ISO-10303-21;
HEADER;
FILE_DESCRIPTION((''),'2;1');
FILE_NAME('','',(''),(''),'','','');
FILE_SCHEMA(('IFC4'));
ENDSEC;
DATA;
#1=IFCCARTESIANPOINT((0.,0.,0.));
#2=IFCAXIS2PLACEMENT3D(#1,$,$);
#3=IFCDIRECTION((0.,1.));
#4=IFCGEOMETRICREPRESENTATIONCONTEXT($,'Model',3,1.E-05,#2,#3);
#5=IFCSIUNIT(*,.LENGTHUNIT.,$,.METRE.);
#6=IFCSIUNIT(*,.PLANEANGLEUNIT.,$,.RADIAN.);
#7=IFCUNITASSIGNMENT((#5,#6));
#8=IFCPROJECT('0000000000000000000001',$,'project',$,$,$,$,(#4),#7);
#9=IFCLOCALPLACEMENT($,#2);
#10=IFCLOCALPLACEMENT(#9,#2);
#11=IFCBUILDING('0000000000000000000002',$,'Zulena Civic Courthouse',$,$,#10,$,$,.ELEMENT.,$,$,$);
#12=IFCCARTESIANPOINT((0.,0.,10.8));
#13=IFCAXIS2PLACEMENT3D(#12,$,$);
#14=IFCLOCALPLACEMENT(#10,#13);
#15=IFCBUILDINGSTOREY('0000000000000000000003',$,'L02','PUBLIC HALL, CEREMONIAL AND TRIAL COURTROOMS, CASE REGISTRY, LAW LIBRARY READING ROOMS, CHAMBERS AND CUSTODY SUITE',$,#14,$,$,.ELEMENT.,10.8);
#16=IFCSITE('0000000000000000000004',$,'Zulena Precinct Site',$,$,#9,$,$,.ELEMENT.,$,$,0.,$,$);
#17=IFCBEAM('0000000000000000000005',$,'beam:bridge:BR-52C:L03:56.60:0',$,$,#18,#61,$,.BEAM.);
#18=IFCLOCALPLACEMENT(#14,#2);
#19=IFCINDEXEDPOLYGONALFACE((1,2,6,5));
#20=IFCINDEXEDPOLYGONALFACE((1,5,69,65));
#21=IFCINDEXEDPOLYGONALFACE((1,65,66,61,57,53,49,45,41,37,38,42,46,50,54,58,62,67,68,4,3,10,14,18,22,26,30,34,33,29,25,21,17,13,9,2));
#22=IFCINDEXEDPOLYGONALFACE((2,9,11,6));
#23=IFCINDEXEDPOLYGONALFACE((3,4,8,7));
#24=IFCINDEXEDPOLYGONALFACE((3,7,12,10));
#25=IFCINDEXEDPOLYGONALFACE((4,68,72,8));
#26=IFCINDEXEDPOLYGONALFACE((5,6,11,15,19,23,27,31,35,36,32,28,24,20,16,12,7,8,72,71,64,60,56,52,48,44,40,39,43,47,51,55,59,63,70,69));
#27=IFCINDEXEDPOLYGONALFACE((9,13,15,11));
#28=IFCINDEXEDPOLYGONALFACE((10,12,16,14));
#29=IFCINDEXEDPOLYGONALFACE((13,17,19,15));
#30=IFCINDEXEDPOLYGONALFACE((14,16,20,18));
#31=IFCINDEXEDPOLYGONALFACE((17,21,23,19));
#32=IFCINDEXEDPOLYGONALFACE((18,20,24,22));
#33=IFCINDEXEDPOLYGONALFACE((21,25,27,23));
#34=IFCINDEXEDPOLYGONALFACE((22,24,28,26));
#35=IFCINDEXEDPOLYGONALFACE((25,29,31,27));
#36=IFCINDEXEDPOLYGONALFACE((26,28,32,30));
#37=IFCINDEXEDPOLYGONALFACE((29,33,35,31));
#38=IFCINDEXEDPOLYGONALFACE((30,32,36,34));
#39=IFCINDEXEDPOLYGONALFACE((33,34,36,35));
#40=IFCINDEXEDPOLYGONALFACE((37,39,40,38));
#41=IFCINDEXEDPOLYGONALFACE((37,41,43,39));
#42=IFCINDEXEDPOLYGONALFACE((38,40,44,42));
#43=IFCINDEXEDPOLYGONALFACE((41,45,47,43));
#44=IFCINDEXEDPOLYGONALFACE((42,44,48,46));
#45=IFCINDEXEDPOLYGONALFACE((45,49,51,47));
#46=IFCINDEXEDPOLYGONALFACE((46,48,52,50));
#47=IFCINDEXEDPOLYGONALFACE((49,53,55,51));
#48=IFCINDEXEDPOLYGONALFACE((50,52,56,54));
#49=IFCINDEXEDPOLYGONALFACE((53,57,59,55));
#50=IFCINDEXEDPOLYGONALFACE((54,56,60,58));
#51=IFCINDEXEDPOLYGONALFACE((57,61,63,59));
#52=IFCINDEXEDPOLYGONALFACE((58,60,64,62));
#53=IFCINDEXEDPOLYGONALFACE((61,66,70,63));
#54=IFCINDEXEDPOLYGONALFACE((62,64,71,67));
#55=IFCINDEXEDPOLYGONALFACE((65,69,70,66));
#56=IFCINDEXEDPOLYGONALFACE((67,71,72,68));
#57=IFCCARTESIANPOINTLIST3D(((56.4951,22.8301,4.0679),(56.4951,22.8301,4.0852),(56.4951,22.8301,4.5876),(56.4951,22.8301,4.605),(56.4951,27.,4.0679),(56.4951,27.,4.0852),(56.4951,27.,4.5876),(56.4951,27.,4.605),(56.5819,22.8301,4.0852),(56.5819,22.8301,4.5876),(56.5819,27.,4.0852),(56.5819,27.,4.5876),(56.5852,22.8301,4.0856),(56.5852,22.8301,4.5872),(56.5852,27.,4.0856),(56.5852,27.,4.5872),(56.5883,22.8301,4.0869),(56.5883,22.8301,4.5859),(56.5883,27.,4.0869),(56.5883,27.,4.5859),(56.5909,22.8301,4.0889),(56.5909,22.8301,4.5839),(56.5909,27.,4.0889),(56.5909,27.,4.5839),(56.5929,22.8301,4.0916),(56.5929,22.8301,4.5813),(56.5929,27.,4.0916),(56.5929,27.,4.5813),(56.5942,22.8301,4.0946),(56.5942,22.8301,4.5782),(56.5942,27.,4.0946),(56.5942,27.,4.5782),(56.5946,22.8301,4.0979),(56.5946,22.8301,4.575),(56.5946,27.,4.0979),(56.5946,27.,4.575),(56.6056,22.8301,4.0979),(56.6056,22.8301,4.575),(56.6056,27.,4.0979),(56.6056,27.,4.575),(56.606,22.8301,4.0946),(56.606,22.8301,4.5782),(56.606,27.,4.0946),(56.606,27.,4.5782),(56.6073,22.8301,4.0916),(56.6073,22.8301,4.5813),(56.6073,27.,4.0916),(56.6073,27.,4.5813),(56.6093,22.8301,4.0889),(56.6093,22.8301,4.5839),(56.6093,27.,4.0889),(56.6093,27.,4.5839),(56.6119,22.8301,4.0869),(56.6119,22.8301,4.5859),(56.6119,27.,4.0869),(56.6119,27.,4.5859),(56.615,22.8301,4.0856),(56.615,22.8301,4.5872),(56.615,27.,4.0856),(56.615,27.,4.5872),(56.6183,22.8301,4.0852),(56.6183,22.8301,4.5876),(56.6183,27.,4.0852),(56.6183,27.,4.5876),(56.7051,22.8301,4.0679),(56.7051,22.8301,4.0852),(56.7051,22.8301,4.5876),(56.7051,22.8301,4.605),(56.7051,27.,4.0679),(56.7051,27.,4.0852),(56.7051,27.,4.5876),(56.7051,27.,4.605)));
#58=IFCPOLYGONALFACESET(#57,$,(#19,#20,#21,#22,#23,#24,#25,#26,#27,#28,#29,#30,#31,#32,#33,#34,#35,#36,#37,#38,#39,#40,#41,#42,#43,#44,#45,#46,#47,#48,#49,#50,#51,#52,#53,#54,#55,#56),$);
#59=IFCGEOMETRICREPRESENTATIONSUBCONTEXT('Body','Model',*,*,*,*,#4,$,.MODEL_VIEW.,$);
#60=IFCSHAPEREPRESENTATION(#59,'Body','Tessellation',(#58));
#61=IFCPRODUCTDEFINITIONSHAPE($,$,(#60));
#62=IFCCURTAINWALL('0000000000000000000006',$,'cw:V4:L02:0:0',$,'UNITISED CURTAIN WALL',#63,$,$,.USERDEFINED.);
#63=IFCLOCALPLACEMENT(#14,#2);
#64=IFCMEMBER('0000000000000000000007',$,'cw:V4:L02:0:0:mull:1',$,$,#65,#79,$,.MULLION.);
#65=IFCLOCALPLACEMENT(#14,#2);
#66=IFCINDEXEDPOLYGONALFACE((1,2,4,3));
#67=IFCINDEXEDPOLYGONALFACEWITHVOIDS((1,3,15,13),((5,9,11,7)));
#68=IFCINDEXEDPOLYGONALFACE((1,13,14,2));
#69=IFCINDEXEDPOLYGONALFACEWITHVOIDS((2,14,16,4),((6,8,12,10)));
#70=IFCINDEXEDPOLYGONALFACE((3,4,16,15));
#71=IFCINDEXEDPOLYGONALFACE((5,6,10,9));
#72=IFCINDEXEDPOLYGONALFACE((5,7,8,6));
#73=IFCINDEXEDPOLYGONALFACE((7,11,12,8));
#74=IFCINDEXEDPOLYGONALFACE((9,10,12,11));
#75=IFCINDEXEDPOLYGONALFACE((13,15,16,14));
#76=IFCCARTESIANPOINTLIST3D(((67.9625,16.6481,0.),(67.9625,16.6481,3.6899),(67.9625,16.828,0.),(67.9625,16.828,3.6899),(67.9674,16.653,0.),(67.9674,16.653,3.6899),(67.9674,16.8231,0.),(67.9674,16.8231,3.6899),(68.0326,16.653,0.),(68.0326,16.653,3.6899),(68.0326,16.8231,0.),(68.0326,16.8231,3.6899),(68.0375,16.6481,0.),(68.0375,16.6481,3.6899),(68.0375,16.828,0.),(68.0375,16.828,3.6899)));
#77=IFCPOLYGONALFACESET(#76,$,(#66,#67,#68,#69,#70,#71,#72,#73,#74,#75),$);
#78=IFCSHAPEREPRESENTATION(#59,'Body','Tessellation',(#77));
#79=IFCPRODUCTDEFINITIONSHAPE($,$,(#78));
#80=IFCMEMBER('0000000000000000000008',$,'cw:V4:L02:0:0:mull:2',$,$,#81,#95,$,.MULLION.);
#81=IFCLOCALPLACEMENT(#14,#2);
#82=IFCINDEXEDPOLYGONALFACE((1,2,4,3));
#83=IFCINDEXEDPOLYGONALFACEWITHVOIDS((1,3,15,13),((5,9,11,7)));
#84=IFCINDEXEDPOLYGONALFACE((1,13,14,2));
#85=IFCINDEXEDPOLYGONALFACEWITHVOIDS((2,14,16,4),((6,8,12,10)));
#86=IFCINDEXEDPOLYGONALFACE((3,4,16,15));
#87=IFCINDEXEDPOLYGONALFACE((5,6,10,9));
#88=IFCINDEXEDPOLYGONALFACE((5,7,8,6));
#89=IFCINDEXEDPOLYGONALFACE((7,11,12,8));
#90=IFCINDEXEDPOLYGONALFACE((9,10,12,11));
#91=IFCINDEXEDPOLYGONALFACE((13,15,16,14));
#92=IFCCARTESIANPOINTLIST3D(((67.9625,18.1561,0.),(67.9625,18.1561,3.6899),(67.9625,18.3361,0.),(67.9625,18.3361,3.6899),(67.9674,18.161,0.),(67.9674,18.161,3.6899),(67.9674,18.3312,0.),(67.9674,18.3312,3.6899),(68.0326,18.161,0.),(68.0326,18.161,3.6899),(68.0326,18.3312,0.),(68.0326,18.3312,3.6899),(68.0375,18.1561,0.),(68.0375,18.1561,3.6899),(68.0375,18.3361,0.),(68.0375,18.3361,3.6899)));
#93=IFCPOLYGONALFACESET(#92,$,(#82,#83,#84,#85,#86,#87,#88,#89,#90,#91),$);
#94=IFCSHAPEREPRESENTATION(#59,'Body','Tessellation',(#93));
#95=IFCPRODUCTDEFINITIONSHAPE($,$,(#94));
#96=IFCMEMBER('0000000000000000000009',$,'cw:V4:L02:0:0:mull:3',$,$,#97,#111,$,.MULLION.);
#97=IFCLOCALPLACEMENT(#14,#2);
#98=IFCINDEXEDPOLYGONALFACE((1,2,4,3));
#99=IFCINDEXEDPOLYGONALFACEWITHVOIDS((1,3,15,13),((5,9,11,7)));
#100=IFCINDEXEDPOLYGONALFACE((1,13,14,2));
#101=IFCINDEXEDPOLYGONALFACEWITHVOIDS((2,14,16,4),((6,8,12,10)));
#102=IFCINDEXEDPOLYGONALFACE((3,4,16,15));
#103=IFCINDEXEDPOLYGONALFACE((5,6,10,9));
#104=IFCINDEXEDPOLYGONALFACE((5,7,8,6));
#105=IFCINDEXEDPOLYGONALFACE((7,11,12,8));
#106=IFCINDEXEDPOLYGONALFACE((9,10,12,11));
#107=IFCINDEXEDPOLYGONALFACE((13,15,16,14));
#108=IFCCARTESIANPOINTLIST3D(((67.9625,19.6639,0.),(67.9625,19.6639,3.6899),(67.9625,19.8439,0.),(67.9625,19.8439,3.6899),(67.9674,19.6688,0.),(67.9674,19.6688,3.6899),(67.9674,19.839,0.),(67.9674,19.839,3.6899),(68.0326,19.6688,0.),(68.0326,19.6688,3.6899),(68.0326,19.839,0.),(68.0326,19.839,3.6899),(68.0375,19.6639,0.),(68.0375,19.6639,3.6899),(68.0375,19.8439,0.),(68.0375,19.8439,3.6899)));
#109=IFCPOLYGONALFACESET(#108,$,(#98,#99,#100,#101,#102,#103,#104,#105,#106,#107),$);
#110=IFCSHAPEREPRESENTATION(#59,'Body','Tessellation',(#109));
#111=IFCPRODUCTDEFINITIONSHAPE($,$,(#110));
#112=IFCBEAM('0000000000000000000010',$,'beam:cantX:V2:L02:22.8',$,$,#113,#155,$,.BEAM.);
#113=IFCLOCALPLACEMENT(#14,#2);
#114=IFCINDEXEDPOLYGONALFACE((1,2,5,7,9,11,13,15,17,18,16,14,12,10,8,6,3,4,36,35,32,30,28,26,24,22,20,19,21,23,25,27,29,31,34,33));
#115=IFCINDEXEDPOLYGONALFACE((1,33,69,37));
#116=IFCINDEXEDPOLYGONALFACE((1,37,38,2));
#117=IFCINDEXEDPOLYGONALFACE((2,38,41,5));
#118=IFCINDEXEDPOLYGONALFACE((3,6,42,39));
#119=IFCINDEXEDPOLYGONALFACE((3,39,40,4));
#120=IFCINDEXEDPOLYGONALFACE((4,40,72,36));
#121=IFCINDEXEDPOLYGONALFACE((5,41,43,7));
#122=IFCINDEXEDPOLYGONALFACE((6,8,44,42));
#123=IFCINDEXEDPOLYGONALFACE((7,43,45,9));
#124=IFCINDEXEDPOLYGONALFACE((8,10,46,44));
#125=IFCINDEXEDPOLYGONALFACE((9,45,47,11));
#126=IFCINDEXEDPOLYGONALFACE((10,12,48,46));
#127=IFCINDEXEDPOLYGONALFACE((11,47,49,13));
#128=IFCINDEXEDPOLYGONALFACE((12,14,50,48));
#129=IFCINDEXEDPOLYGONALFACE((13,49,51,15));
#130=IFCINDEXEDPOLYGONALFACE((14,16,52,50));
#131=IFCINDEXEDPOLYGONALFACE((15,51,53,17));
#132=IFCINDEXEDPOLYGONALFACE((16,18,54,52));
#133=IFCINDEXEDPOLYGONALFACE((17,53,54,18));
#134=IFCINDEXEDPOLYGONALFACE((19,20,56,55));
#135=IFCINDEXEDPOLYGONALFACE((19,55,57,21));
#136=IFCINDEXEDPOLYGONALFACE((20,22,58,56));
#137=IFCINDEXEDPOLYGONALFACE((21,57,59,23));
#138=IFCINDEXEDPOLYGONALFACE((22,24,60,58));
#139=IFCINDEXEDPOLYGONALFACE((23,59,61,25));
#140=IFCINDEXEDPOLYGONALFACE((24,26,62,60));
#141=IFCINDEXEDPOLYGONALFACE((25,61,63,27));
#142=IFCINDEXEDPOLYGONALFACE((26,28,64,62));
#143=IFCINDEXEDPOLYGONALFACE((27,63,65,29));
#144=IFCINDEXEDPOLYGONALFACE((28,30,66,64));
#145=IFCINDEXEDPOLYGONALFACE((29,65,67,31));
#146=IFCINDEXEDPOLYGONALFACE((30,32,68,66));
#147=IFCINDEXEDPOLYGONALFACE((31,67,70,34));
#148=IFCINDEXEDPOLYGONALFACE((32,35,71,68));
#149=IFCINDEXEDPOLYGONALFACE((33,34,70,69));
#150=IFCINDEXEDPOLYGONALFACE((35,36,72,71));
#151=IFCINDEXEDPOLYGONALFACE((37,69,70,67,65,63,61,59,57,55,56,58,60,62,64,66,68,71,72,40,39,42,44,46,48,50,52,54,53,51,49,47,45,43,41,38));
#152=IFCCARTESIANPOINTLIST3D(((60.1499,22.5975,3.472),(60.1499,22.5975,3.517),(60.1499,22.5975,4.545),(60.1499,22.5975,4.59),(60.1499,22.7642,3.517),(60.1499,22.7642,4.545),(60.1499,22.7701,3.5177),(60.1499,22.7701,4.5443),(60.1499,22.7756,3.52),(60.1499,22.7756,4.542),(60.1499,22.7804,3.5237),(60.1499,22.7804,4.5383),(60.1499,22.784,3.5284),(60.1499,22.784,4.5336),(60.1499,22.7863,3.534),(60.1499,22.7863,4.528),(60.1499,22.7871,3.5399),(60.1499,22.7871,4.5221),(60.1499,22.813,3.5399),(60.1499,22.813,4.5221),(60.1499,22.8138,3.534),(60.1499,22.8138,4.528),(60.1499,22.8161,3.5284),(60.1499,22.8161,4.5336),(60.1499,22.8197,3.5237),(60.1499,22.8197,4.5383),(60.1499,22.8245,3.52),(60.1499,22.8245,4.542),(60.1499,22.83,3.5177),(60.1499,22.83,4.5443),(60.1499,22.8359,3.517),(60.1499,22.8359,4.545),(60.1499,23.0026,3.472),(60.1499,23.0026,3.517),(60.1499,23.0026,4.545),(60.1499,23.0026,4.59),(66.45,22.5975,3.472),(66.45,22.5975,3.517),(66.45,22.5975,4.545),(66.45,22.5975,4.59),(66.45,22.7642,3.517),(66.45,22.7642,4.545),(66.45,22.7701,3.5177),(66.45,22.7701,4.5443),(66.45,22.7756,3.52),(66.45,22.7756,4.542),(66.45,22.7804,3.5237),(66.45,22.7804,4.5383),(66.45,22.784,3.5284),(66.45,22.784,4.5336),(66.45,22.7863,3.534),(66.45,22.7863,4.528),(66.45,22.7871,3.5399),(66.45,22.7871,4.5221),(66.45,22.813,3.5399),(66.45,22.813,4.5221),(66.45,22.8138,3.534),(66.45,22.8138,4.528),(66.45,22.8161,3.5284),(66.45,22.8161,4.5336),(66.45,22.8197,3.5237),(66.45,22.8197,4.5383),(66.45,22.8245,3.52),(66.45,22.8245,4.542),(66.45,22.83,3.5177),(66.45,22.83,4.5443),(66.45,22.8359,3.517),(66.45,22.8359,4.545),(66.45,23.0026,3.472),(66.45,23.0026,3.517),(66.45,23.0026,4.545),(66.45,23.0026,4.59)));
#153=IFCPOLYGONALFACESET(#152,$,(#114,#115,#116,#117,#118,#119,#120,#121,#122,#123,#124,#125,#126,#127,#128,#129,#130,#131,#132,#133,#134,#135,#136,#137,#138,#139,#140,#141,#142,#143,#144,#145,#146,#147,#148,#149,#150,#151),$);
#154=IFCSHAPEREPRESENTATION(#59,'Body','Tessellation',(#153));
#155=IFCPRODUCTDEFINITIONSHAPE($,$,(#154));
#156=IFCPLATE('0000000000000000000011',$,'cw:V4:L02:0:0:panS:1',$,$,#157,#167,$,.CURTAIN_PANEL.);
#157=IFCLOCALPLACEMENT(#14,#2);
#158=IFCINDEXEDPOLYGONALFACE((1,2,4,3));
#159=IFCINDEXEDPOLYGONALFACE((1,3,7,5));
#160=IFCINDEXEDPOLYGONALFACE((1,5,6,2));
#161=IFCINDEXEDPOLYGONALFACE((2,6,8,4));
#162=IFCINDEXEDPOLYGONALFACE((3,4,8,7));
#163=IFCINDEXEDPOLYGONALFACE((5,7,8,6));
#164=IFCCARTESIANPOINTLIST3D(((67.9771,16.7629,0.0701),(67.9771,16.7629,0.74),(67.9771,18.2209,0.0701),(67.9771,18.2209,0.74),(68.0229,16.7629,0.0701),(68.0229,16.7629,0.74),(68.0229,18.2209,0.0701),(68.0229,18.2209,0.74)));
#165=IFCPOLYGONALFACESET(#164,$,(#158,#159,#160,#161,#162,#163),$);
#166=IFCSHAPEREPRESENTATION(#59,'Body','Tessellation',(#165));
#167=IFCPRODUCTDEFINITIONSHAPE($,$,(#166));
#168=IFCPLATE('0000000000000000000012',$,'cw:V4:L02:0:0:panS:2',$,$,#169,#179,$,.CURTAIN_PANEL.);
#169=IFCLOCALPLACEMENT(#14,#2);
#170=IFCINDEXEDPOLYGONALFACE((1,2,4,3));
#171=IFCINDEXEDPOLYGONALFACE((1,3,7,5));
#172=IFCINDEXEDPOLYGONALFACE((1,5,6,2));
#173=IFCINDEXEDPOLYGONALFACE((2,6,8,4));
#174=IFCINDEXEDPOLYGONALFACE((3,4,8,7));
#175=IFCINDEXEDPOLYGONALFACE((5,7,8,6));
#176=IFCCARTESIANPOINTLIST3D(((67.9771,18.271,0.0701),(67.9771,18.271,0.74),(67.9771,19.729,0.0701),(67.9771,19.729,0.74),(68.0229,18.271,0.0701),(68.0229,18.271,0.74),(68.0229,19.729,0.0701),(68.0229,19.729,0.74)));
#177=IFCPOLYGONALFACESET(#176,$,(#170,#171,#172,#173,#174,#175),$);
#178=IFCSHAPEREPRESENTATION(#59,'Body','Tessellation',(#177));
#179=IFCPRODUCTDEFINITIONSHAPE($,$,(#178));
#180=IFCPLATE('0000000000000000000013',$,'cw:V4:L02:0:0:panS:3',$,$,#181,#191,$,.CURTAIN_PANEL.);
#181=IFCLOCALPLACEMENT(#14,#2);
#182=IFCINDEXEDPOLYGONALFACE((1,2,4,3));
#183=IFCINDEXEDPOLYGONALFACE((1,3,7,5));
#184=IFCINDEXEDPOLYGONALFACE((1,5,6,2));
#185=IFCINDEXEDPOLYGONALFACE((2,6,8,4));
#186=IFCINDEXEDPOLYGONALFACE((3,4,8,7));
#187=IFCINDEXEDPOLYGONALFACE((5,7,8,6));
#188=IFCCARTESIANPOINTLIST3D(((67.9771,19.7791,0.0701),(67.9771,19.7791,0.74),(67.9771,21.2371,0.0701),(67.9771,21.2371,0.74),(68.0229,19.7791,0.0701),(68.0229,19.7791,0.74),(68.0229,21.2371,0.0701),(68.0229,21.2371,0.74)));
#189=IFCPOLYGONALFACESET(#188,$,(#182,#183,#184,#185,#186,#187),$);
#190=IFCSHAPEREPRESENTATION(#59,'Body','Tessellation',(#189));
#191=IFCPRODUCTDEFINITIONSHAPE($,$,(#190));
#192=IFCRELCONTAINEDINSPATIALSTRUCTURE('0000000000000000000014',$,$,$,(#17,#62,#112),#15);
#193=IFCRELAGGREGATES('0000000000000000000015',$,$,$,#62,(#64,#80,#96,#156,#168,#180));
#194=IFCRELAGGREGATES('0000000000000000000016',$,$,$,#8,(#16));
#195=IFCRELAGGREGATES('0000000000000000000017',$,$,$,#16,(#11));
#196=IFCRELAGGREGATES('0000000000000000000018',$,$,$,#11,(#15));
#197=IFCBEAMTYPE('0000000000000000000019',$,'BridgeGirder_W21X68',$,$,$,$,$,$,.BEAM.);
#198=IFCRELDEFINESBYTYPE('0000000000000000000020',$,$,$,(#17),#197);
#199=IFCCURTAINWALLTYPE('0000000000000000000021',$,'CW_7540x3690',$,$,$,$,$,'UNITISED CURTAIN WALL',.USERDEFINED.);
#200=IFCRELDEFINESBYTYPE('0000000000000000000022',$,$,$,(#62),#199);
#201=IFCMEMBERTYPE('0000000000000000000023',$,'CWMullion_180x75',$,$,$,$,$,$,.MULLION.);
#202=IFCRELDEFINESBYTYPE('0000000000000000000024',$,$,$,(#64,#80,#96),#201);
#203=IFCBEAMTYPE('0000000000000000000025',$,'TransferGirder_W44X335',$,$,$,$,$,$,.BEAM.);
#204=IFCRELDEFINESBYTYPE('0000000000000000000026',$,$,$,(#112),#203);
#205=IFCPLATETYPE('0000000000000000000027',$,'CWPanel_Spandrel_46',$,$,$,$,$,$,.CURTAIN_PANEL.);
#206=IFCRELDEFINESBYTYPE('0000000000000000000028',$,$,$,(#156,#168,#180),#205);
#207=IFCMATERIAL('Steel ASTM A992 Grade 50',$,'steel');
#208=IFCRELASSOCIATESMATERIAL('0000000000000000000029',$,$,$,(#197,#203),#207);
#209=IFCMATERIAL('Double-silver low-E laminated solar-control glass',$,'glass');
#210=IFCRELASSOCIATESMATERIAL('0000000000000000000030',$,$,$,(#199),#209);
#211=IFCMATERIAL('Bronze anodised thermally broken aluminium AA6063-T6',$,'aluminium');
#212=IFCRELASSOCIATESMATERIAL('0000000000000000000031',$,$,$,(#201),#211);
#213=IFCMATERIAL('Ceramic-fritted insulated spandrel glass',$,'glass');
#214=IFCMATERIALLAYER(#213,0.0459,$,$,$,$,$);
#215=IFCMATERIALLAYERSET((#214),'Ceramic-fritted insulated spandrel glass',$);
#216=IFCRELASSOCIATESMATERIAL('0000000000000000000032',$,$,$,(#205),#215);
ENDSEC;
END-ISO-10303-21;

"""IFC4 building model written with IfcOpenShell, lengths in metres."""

from ifc_helpers import new_model, si_unit, direction, frame, origin, origin_2d, place, context, subcontext, project, spatial, rectangle, hollow_rectangle, i_section, extrude, material, layer, layer_set, material_profile, profile_set, type_object, element, aggregate, save


model = new_model("IFC4")

# Units and contexts
model_context = context("Model", 3, precision=1e-05, world=origin(), true_north=direction((0.0, 1.0)))
body_context = subcontext(model_context, "Body", "Model", "MODEL_VIEW")
ifc_project = project(units=[si_unit("LENGTHUNIT", "METRE"), si_unit("PLANEANGLEUNIT", "RADIAN")], contexts=[model_context])

# Site, building, storey
site_placement = place(None, origin())
site = spatial("IfcSite", under=ifc_project, at=site_placement, Name="Zulena Precinct Site", CompositionType="ELEMENT", RefElevation=0.0)
building_placement = place(site_placement, origin())
building = spatial("IfcBuilding", under=site, at=building_placement, Name="Zulena Civic Courthouse", CompositionType="ELEMENT")
storey_placement = place(building_placement, frame((0.0, 0.0, 10.8)))
storey = spatial("IfcBuildingStorey", under=building, at=storey_placement, Name="L02", Description="PUBLIC HALL, CEREMONIAL AND TRIAL COURTROOMS, CASE REGISTRY, LAW LIBRARY READING ROOMS, CHAMBERS AND CUSTODY SUITE", CompositionType="ELEMENT", Elevation=10.8)

# Shared definitions
ifc_material_1 = material(Name="Steel ASTM A992 Grade 50", Category="steel")

# Beam
ifc_material_profile_1 = material_profile(ifc_material_1, i_section(OverallWidth=0.21, OverallDepth=0.5371, WebThickness=0.011, FlangeThickness=0.0173, FilletRadius=0.0127, at=origin_2d()), Name="W21X68")
ifc_profile_set_1 = profile_set([ifc_material_profile_1], Name="Steel ASTM A992 Grade 50")
beam_type_1 = type_object("IfcBeamType", Name="BridgeGirder_W21X68", PredefinedType="BEAM", material=ifc_profile_set_1)
for number, where, z_axis, x_axis, name in (
    (1, (56.6001, 22.8301, 4.3364), (0.0, 1.0, 0.0), (-1.0, 0.0, 0.0), "beam:bridge:BR-52C:L03:56.60:0"),
):
    element("IfcBeam", number, at=place(storey_placement, frame(where, z_axis=z_axis, x_axis=x_axis)), inside=storey, type_object=beam_type_1, Name=name, PredefinedType="BEAM", context=body_context, shape_type="SweptSolid", body=[
        extrude(i_section(OverallWidth=0.21, OverallDepth=0.5371, WebThickness=0.011, FlangeThickness=0.0173, FilletRadius=0.0127, at=origin_2d()), origin(), (0.0, 0.0, 1.0), 4.1699),
    ])

# Curtain wall, members
ifc_material_2 = material(Name="Double-silver low-E laminated solar-control glass", Category="glass")
curtain_wall_type = type_object("IfcCurtainWallType", Name="CW_7540x3690", ElementType="UNITISED CURTAIN WALL", PredefinedType="USERDEFINED", material=ifc_material_2)
curtain_wall_placement = place(storey_placement, origin())
curtain_wall = element("IfcCurtainWall", 2, at=curtain_wall_placement, inside=storey, type_object=curtain_wall_type, Name="cw:V4:L02:0:0", ObjectType="UNITISED CURTAIN WALL", PredefinedType="USERDEFINED")
ifc_material_3 = material(Name="Bronze anodised thermally broken aluminium AA6063-T6", Category="aluminium")
ifc_material_profile_2 = material_profile(ifc_material_3, hollow_rectangle(XDim=0.075, YDim=0.1799, WallThickness=0.0049, at=origin_2d()), Name="CWM180X75X5")
ifc_profile_set_2 = profile_set([ifc_material_profile_2], Name="Bronze anodised thermally broken aluminium AA6063-T6")
member_type = type_object("IfcMemberType", Name="CWMullion_180x75", PredefinedType="MULLION", material=ifc_profile_set_2)
member_1_placement = place(storey_placement, frame((68.0, 16.738, 0.0), z_axis=(0.0, 0.0, 1.0), x_axis=(1.0, 0.0, 0.0)))
member_1 = element("IfcMember", 3, at=member_1_placement, type_object=member_type, Name="cw:V4:L02:0:0:mull:1", PredefinedType="MULLION", context=body_context, shape_type="SweptSolid", body=[
    extrude(hollow_rectangle(XDim=0.075, YDim=0.1799, WallThickness=0.0049, at=origin_2d()), origin(), (0.0, 0.0, 1.0), 3.6899),
])
member_2_placement = place(storey_placement, frame((68.0, 18.2461, 0.0), z_axis=(0.0, 0.0, 1.0), x_axis=(1.0, 0.0, 0.0)))
member_2 = element("IfcMember", 4, at=member_2_placement, type_object=member_type, Name="cw:V4:L02:0:0:mull:2", PredefinedType="MULLION", context=body_context, shape_type="SweptSolid", body=[
    extrude(hollow_rectangle(XDim=0.075, YDim=0.1799, WallThickness=0.0049, at=origin_2d()), origin(), (0.0, 0.0, 1.0), 3.6899),
])
member_3_placement = place(storey_placement, frame((68.0, 19.7539, 0.0), z_axis=(0.0, 0.0, 1.0), x_axis=(1.0, 0.0, 0.0)))
member_3 = element("IfcMember", 5, at=member_3_placement, type_object=member_type, Name="cw:V4:L02:0:0:mull:3", PredefinedType="MULLION", context=body_context, shape_type="SweptSolid", body=[
    extrude(hollow_rectangle(XDim=0.075, YDim=0.1799, WallThickness=0.0049, at=origin_2d()), origin(), (0.0, 0.0, 1.0), 3.6899),
])

# Beam
ifc_material_profile_3 = material_profile(ifc_material_1, i_section(OverallWidth=0.405, OverallDepth=1.1179, WebThickness=0.0259, FlangeThickness=0.0449, FilletRadius=0.0229, at=origin_2d()), Name="W44X335")
ifc_profile_set_3 = profile_set([ifc_material_profile_3], Name="Steel ASTM A992 Grade 50")
beam_type_2 = type_object("IfcBeamType", Name="TransferGirder_W44X335", PredefinedType="BEAM", material=ifc_profile_set_3)
beam_placement = place(storey_placement, frame((60.1499, 22.8, 4.031), z_axis=(1.0, 0.0, 0.0), x_axis=(0.0, 1.0, 0.0)))
element("IfcBeam", 6, at=beam_placement, inside=storey, type_object=beam_type_2, Name="beam:cantX:V2:L02:22.8", PredefinedType="BEAM", context=body_context, shape_type="SweptSolid", body=[
    extrude(i_section(OverallWidth=0.405, OverallDepth=1.1179, WebThickness=0.0259, FlangeThickness=0.0449, FilletRadius=0.0229, at=origin_2d()), origin(), (0.0, 0.0, 1.0), 6.3),
])

# Plates
ifc_material_4 = material(Name="Ceramic-fritted insulated spandrel glass", Category="glass")
ifc_layer_1 = layer(ifc_material_4, 0.0459)
ifc_layer_set_1 = layer_set([ifc_layer_1], Name="Ceramic-fritted insulated spandrel glass")
plate_type_1 = type_object("IfcPlateType", Name="CWPanel_Spandrel_46", PredefinedType="CURTAIN_PANEL", material=ifc_layer_set_1)
plate_1_placement = place(storey_placement, frame((68.0, 17.4919, 0.0701), z_axis=(0.0, 0.0, 1.0), x_axis=(0.0, 1.0, 0.0)))
plate_1 = element("IfcPlate", 7, at=plate_1_placement, type_object=plate_type_1, Name="cw:V4:L02:0:0:panS:1", PredefinedType="CURTAIN_PANEL", context=body_context, shape_type="SweptSolid", body=[
    extrude(rectangle(XDim=1.458, YDim=0.0459, at=origin_2d()), origin(), (0.0, 0.0, 1.0), 0.6699),
])
plate_2_placement = place(storey_placement, frame((68.0, 19.0, 0.0701), z_axis=(0.0, 0.0, 1.0), x_axis=(0.0, 1.0, 0.0)))
plate_2 = element("IfcPlate", 8, at=plate_2_placement, type_object=plate_type_1, Name="cw:V4:L02:0:0:panS:2", PredefinedType="CURTAIN_PANEL", context=body_context, shape_type="SweptSolid", body=[
    extrude(rectangle(XDim=1.458, YDim=0.0459, at=origin_2d()), origin(), (0.0, 0.0, 1.0), 0.6699),
])
plate_3_placement = place(storey_placement, frame((68.0, 20.5081, 0.0701), z_axis=(0.0, 0.0, 1.0), x_axis=(0.0, 1.0, 0.0)))
plate_3 = element("IfcPlate", 9, at=plate_3_placement, type_object=plate_type_1, Name="cw:V4:L02:0:0:panS:3", PredefinedType="CURTAIN_PANEL", context=body_context, shape_type="SweptSolid", body=[
    extrude(rectangle(XDim=1.458, YDim=0.0459, at=origin_2d()), origin(), (0.0, 0.0, 1.0), 0.6699),
])
aggregate(curtain_wall, [member_1, member_2, member_3, plate_1, plate_2, plate_3])

save(model, "model.ifc")
